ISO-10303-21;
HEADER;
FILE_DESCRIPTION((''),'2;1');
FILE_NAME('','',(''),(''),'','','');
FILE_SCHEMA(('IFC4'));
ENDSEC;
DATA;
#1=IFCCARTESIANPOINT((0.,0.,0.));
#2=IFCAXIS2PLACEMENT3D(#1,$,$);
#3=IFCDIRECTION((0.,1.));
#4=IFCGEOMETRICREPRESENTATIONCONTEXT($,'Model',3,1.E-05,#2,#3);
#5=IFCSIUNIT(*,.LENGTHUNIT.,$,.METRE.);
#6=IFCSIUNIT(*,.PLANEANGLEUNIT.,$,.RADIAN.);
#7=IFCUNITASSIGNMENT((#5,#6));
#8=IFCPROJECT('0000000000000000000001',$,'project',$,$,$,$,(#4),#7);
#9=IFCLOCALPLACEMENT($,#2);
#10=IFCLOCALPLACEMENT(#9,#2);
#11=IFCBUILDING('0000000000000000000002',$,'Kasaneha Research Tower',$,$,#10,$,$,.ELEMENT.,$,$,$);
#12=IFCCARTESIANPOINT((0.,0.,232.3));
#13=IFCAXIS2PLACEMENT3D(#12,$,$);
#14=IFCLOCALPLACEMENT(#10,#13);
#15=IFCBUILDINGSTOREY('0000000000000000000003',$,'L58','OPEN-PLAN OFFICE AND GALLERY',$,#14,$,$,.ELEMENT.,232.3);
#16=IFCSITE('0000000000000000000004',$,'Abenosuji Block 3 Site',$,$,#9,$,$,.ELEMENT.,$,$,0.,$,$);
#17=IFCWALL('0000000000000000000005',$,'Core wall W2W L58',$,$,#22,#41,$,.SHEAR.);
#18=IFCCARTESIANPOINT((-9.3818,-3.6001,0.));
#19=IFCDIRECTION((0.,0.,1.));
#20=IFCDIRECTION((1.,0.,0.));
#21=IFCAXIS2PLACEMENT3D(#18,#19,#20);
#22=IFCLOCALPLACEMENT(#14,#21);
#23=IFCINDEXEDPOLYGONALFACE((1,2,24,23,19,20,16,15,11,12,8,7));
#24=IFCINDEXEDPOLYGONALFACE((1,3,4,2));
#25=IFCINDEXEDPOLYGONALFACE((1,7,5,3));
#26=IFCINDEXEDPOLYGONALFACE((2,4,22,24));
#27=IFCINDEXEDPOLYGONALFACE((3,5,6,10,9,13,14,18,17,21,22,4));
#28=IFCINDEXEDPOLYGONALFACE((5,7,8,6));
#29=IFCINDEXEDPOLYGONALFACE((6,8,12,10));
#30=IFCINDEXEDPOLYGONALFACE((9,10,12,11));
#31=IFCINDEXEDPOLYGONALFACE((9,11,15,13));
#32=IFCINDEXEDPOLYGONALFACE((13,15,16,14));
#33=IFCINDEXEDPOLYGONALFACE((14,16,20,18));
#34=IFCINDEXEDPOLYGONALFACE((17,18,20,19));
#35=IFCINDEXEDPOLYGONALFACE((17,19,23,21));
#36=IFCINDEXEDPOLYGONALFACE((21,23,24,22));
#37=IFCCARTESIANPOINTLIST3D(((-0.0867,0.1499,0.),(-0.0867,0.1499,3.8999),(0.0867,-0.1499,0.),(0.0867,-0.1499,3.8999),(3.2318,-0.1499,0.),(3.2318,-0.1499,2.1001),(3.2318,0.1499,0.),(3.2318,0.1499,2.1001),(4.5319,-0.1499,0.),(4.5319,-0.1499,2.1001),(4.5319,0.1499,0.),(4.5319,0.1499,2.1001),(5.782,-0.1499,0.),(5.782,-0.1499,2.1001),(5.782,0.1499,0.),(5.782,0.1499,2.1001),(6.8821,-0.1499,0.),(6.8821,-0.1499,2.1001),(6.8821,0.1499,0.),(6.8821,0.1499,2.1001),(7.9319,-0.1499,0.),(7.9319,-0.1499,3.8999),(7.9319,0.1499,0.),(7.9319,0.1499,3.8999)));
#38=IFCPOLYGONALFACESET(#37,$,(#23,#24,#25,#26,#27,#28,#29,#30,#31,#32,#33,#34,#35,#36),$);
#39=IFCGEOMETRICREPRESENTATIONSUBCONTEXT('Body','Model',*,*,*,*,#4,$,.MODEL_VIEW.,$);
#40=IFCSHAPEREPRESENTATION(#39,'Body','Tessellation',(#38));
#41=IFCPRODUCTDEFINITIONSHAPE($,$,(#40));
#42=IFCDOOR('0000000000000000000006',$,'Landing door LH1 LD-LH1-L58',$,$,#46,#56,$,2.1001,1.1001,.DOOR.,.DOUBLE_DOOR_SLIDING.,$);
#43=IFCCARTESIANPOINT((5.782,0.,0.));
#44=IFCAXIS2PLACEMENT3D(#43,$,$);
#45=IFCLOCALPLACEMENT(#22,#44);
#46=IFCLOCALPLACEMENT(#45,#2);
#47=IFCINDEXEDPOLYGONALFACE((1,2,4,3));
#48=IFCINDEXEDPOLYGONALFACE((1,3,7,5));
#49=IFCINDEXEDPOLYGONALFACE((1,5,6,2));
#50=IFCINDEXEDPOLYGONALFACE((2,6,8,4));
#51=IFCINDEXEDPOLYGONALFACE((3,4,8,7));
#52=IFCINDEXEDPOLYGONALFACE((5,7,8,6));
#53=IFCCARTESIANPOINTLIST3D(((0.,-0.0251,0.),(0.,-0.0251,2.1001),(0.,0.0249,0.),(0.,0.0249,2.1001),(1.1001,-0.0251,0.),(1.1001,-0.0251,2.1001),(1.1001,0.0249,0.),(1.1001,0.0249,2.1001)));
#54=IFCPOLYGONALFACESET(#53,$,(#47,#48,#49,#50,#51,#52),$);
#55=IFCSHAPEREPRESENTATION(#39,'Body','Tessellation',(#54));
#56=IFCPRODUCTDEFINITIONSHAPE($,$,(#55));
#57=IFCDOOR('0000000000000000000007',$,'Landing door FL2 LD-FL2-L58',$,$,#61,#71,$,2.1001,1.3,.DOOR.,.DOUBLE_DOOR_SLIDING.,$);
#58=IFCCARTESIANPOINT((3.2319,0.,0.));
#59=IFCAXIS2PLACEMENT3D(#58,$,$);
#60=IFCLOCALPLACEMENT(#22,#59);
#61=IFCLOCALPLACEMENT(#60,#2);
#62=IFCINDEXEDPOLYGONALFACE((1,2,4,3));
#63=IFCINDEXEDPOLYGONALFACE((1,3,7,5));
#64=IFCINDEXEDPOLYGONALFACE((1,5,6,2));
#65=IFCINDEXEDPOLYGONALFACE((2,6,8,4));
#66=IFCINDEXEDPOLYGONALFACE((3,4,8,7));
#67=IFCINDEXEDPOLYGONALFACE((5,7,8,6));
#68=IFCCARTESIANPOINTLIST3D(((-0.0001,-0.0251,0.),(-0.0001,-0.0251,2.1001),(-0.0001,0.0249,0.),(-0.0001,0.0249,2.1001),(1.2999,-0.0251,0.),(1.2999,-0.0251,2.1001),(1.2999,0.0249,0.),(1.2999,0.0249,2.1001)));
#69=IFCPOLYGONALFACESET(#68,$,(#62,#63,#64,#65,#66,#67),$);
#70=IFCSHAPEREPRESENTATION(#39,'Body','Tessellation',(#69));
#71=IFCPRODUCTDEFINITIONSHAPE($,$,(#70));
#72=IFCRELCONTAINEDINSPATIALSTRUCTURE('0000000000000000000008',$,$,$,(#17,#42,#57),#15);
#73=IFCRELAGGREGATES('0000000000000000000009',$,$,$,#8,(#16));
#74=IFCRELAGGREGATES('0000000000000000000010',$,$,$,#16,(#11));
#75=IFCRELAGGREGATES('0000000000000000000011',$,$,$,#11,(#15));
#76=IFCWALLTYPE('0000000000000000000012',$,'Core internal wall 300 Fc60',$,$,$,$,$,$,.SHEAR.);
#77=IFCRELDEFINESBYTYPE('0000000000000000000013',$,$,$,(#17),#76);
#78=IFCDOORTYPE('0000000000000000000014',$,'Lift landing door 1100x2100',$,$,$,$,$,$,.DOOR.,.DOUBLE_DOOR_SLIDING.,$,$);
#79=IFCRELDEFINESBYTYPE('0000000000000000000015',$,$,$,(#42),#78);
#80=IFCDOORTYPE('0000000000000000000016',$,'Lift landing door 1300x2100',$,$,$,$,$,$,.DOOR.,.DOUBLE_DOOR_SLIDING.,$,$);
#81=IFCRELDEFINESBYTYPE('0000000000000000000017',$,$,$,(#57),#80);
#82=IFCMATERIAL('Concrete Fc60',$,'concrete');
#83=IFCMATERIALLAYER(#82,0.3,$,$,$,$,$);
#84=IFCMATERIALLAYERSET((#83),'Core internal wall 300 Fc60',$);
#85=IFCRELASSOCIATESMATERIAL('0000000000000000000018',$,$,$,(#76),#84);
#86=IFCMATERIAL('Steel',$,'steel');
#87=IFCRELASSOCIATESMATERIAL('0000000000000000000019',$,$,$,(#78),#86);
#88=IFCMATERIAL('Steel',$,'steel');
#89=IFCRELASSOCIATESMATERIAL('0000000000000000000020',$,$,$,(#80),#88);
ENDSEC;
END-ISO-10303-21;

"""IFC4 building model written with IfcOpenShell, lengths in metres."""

from ifc_helpers import new_model, si_unit, direction, frame, frame_2d, origin, place, context, subcontext, project, spatial, polyline, rectangle, outline, extrude, material, layer, layer_set, type_object, element, fill, save


model = new_model("IFC4")

# Units and contexts
model_context = context("Model", 3, precision=1e-05, world=origin(), true_north=direction((0.0, 1.0)))
body_context = subcontext(model_context, "Body", "Model", "MODEL_VIEW")
ifc_project = project(units=[si_unit("LENGTHUNIT", "METRE"), si_unit("PLANEANGLEUNIT", "RADIAN")], contexts=[model_context])

# Site, building, storey
site_placement = place(None, origin())
site = spatial("IfcSite", under=ifc_project, at=site_placement, Name="Abenosuji Block 3 Site", CompositionType="ELEMENT", RefElevation=0.0)
building_placement = place(site_placement, origin())
building = spatial("IfcBuilding", under=site, at=building_placement, Name="Kasaneha Research Tower", CompositionType="ELEMENT")
storey_placement = place(building_placement, frame((0.0, 0.0, 232.3)))
storey = spatial("IfcBuildingStorey", under=building, at=storey_placement, Name="L58", Description="OPEN-PLAN OFFICE AND GALLERY", CompositionType="ELEMENT", Elevation=232.3)

# Wall, openings, doors
ifc_material_1 = material(Name="Concrete Fc60", Category="concrete")
ifc_layer_1 = layer(ifc_material_1, 0.3)
ifc_layer_set_1 = layer_set([ifc_layer_1], Name="Core internal wall 300 Fc60")
wall_type_1 = type_object("IfcWallType", Name="Core internal wall 300 Fc60", PredefinedType="SHEAR", material=ifc_layer_set_1)
wall_1_placement = place(storey_placement, frame((-9.3818, -3.6001, 0.0), z_axis=(0.0, 0.0, 1.0), x_axis=(1.0, 0.0, 0.0)))
wall_1 = element("IfcWall", 1, at=wall_1_placement, inside=storey, type_object=wall_type_1, Name="Core wall W2W L58", PredefinedType="SHEAR", context=body_context, shape_type="SweptSolid", body=[
    extrude(outline(polyline([(0.0867, -0.1499), (3.2319, -0.1499), (4.532, -0.1499), (5.782, -0.1499), (6.8821, -0.1499), (7.9319, -0.1499), (7.9319, 0.1499), (6.8821, 0.1499), (5.782, 0.1499), (4.532, 0.1499), (3.2319, 0.1499), (-0.0867, 0.1499), (0.0867, -0.1499)])), origin(), (0.0, 0.0, 1.0), 3.8999),
])
opening_1_placement = place(wall_1_placement, frame((5.782, 0.0, 0.0)))
opening_1 = element("IfcOpeningElement", 2, at=opening_1_placement, cuts=wall_1, PredefinedType="OPENING", context=body_context, shape_type="SweptSolid", body=[
    extrude(rectangle(XDim=1.1001, YDim=2.1001, at=frame_2d((0.55, 1.05))), frame((0.0, 0.1602, 0.0), z_axis=(0.0, -1.0, 0.0), x_axis=(1.0, 0.0, 0.0)), (0.0, 0.0, 1.0), 0.3201),
])
opening_2_placement = place(wall_1_placement, frame((3.2319, 0.0, 0.0)))
opening_2 = element("IfcOpeningElement", 3, at=opening_2_placement, cuts=wall_1, PredefinedType="OPENING", context=body_context, shape_type="SweptSolid", body=[
    extrude(rectangle(XDim=1.3, YDim=2.1001, at=frame_2d((0.6499, 1.05))), frame((0.0, 0.1602, 0.0), z_axis=(0.0, -1.0, 0.0), x_axis=(1.0, 0.0, 0.0)), (0.0, 0.0, 1.0), 0.3201),
])
ifc_material_2 = material(Name="Steel", Category="steel")
door_type_1 = type_object("IfcDoorType", Name="Lift landing door 1100x2100", OperationType="DOUBLE_DOOR_SLIDING", PredefinedType="DOOR", material=ifc_material_2)
door_1_placement = place(opening_1_placement, origin())
door_1 = element("IfcDoor", 4, at=door_1_placement, inside=storey, type_object=door_type_1, Name="Landing door LH1 LD-LH1-L58", OperationType="DOUBLE_DOOR_SLIDING", OverallHeight=2.1001, OverallWidth=1.1001, PredefinedType="DOOR", context=body_context, shape_type="SweptSolid", body=[
    extrude(rectangle(XDim=1.1001, YDim=2.1001, at=frame_2d((0.55, 1.05))), frame((0.0, 0.0249, 0.0), z_axis=(0.0, -1.0, 0.0), x_axis=(1.0, 0.0, 0.0)), (0.0, 0.0, 1.0), 0.05),
])
fill(opening_1, door_1)
ifc_material_3 = material(Name="Steel", Category="steel")
door_type_2 = type_object("IfcDoorType", Name="Lift landing door 1300x2100", OperationType="DOUBLE_DOOR_SLIDING", PredefinedType="DOOR", material=ifc_material_3)
door_2_placement = place(opening_2_placement, origin())
door_2 = element("IfcDoor", 5, at=door_2_placement, inside=storey, type_object=door_type_2, Name="Landing door FL2 LD-FL2-L58", OperationType="DOUBLE_DOOR_SLIDING", OverallHeight=2.1001, OverallWidth=1.3, PredefinedType="DOOR", context=body_context, shape_type="SweptSolid", body=[
    extrude(rectangle(XDim=1.3, YDim=2.1001, at=frame_2d((0.6499, 1.05))), frame((0.0, 0.0249, 0.0), z_axis=(0.0, -1.0, 0.0), x_axis=(1.0, 0.0, 0.0)), (0.0, 0.0, 1.0), 0.05),
])
fill(opening_2, door_2)

save(model, "model.ifc")
